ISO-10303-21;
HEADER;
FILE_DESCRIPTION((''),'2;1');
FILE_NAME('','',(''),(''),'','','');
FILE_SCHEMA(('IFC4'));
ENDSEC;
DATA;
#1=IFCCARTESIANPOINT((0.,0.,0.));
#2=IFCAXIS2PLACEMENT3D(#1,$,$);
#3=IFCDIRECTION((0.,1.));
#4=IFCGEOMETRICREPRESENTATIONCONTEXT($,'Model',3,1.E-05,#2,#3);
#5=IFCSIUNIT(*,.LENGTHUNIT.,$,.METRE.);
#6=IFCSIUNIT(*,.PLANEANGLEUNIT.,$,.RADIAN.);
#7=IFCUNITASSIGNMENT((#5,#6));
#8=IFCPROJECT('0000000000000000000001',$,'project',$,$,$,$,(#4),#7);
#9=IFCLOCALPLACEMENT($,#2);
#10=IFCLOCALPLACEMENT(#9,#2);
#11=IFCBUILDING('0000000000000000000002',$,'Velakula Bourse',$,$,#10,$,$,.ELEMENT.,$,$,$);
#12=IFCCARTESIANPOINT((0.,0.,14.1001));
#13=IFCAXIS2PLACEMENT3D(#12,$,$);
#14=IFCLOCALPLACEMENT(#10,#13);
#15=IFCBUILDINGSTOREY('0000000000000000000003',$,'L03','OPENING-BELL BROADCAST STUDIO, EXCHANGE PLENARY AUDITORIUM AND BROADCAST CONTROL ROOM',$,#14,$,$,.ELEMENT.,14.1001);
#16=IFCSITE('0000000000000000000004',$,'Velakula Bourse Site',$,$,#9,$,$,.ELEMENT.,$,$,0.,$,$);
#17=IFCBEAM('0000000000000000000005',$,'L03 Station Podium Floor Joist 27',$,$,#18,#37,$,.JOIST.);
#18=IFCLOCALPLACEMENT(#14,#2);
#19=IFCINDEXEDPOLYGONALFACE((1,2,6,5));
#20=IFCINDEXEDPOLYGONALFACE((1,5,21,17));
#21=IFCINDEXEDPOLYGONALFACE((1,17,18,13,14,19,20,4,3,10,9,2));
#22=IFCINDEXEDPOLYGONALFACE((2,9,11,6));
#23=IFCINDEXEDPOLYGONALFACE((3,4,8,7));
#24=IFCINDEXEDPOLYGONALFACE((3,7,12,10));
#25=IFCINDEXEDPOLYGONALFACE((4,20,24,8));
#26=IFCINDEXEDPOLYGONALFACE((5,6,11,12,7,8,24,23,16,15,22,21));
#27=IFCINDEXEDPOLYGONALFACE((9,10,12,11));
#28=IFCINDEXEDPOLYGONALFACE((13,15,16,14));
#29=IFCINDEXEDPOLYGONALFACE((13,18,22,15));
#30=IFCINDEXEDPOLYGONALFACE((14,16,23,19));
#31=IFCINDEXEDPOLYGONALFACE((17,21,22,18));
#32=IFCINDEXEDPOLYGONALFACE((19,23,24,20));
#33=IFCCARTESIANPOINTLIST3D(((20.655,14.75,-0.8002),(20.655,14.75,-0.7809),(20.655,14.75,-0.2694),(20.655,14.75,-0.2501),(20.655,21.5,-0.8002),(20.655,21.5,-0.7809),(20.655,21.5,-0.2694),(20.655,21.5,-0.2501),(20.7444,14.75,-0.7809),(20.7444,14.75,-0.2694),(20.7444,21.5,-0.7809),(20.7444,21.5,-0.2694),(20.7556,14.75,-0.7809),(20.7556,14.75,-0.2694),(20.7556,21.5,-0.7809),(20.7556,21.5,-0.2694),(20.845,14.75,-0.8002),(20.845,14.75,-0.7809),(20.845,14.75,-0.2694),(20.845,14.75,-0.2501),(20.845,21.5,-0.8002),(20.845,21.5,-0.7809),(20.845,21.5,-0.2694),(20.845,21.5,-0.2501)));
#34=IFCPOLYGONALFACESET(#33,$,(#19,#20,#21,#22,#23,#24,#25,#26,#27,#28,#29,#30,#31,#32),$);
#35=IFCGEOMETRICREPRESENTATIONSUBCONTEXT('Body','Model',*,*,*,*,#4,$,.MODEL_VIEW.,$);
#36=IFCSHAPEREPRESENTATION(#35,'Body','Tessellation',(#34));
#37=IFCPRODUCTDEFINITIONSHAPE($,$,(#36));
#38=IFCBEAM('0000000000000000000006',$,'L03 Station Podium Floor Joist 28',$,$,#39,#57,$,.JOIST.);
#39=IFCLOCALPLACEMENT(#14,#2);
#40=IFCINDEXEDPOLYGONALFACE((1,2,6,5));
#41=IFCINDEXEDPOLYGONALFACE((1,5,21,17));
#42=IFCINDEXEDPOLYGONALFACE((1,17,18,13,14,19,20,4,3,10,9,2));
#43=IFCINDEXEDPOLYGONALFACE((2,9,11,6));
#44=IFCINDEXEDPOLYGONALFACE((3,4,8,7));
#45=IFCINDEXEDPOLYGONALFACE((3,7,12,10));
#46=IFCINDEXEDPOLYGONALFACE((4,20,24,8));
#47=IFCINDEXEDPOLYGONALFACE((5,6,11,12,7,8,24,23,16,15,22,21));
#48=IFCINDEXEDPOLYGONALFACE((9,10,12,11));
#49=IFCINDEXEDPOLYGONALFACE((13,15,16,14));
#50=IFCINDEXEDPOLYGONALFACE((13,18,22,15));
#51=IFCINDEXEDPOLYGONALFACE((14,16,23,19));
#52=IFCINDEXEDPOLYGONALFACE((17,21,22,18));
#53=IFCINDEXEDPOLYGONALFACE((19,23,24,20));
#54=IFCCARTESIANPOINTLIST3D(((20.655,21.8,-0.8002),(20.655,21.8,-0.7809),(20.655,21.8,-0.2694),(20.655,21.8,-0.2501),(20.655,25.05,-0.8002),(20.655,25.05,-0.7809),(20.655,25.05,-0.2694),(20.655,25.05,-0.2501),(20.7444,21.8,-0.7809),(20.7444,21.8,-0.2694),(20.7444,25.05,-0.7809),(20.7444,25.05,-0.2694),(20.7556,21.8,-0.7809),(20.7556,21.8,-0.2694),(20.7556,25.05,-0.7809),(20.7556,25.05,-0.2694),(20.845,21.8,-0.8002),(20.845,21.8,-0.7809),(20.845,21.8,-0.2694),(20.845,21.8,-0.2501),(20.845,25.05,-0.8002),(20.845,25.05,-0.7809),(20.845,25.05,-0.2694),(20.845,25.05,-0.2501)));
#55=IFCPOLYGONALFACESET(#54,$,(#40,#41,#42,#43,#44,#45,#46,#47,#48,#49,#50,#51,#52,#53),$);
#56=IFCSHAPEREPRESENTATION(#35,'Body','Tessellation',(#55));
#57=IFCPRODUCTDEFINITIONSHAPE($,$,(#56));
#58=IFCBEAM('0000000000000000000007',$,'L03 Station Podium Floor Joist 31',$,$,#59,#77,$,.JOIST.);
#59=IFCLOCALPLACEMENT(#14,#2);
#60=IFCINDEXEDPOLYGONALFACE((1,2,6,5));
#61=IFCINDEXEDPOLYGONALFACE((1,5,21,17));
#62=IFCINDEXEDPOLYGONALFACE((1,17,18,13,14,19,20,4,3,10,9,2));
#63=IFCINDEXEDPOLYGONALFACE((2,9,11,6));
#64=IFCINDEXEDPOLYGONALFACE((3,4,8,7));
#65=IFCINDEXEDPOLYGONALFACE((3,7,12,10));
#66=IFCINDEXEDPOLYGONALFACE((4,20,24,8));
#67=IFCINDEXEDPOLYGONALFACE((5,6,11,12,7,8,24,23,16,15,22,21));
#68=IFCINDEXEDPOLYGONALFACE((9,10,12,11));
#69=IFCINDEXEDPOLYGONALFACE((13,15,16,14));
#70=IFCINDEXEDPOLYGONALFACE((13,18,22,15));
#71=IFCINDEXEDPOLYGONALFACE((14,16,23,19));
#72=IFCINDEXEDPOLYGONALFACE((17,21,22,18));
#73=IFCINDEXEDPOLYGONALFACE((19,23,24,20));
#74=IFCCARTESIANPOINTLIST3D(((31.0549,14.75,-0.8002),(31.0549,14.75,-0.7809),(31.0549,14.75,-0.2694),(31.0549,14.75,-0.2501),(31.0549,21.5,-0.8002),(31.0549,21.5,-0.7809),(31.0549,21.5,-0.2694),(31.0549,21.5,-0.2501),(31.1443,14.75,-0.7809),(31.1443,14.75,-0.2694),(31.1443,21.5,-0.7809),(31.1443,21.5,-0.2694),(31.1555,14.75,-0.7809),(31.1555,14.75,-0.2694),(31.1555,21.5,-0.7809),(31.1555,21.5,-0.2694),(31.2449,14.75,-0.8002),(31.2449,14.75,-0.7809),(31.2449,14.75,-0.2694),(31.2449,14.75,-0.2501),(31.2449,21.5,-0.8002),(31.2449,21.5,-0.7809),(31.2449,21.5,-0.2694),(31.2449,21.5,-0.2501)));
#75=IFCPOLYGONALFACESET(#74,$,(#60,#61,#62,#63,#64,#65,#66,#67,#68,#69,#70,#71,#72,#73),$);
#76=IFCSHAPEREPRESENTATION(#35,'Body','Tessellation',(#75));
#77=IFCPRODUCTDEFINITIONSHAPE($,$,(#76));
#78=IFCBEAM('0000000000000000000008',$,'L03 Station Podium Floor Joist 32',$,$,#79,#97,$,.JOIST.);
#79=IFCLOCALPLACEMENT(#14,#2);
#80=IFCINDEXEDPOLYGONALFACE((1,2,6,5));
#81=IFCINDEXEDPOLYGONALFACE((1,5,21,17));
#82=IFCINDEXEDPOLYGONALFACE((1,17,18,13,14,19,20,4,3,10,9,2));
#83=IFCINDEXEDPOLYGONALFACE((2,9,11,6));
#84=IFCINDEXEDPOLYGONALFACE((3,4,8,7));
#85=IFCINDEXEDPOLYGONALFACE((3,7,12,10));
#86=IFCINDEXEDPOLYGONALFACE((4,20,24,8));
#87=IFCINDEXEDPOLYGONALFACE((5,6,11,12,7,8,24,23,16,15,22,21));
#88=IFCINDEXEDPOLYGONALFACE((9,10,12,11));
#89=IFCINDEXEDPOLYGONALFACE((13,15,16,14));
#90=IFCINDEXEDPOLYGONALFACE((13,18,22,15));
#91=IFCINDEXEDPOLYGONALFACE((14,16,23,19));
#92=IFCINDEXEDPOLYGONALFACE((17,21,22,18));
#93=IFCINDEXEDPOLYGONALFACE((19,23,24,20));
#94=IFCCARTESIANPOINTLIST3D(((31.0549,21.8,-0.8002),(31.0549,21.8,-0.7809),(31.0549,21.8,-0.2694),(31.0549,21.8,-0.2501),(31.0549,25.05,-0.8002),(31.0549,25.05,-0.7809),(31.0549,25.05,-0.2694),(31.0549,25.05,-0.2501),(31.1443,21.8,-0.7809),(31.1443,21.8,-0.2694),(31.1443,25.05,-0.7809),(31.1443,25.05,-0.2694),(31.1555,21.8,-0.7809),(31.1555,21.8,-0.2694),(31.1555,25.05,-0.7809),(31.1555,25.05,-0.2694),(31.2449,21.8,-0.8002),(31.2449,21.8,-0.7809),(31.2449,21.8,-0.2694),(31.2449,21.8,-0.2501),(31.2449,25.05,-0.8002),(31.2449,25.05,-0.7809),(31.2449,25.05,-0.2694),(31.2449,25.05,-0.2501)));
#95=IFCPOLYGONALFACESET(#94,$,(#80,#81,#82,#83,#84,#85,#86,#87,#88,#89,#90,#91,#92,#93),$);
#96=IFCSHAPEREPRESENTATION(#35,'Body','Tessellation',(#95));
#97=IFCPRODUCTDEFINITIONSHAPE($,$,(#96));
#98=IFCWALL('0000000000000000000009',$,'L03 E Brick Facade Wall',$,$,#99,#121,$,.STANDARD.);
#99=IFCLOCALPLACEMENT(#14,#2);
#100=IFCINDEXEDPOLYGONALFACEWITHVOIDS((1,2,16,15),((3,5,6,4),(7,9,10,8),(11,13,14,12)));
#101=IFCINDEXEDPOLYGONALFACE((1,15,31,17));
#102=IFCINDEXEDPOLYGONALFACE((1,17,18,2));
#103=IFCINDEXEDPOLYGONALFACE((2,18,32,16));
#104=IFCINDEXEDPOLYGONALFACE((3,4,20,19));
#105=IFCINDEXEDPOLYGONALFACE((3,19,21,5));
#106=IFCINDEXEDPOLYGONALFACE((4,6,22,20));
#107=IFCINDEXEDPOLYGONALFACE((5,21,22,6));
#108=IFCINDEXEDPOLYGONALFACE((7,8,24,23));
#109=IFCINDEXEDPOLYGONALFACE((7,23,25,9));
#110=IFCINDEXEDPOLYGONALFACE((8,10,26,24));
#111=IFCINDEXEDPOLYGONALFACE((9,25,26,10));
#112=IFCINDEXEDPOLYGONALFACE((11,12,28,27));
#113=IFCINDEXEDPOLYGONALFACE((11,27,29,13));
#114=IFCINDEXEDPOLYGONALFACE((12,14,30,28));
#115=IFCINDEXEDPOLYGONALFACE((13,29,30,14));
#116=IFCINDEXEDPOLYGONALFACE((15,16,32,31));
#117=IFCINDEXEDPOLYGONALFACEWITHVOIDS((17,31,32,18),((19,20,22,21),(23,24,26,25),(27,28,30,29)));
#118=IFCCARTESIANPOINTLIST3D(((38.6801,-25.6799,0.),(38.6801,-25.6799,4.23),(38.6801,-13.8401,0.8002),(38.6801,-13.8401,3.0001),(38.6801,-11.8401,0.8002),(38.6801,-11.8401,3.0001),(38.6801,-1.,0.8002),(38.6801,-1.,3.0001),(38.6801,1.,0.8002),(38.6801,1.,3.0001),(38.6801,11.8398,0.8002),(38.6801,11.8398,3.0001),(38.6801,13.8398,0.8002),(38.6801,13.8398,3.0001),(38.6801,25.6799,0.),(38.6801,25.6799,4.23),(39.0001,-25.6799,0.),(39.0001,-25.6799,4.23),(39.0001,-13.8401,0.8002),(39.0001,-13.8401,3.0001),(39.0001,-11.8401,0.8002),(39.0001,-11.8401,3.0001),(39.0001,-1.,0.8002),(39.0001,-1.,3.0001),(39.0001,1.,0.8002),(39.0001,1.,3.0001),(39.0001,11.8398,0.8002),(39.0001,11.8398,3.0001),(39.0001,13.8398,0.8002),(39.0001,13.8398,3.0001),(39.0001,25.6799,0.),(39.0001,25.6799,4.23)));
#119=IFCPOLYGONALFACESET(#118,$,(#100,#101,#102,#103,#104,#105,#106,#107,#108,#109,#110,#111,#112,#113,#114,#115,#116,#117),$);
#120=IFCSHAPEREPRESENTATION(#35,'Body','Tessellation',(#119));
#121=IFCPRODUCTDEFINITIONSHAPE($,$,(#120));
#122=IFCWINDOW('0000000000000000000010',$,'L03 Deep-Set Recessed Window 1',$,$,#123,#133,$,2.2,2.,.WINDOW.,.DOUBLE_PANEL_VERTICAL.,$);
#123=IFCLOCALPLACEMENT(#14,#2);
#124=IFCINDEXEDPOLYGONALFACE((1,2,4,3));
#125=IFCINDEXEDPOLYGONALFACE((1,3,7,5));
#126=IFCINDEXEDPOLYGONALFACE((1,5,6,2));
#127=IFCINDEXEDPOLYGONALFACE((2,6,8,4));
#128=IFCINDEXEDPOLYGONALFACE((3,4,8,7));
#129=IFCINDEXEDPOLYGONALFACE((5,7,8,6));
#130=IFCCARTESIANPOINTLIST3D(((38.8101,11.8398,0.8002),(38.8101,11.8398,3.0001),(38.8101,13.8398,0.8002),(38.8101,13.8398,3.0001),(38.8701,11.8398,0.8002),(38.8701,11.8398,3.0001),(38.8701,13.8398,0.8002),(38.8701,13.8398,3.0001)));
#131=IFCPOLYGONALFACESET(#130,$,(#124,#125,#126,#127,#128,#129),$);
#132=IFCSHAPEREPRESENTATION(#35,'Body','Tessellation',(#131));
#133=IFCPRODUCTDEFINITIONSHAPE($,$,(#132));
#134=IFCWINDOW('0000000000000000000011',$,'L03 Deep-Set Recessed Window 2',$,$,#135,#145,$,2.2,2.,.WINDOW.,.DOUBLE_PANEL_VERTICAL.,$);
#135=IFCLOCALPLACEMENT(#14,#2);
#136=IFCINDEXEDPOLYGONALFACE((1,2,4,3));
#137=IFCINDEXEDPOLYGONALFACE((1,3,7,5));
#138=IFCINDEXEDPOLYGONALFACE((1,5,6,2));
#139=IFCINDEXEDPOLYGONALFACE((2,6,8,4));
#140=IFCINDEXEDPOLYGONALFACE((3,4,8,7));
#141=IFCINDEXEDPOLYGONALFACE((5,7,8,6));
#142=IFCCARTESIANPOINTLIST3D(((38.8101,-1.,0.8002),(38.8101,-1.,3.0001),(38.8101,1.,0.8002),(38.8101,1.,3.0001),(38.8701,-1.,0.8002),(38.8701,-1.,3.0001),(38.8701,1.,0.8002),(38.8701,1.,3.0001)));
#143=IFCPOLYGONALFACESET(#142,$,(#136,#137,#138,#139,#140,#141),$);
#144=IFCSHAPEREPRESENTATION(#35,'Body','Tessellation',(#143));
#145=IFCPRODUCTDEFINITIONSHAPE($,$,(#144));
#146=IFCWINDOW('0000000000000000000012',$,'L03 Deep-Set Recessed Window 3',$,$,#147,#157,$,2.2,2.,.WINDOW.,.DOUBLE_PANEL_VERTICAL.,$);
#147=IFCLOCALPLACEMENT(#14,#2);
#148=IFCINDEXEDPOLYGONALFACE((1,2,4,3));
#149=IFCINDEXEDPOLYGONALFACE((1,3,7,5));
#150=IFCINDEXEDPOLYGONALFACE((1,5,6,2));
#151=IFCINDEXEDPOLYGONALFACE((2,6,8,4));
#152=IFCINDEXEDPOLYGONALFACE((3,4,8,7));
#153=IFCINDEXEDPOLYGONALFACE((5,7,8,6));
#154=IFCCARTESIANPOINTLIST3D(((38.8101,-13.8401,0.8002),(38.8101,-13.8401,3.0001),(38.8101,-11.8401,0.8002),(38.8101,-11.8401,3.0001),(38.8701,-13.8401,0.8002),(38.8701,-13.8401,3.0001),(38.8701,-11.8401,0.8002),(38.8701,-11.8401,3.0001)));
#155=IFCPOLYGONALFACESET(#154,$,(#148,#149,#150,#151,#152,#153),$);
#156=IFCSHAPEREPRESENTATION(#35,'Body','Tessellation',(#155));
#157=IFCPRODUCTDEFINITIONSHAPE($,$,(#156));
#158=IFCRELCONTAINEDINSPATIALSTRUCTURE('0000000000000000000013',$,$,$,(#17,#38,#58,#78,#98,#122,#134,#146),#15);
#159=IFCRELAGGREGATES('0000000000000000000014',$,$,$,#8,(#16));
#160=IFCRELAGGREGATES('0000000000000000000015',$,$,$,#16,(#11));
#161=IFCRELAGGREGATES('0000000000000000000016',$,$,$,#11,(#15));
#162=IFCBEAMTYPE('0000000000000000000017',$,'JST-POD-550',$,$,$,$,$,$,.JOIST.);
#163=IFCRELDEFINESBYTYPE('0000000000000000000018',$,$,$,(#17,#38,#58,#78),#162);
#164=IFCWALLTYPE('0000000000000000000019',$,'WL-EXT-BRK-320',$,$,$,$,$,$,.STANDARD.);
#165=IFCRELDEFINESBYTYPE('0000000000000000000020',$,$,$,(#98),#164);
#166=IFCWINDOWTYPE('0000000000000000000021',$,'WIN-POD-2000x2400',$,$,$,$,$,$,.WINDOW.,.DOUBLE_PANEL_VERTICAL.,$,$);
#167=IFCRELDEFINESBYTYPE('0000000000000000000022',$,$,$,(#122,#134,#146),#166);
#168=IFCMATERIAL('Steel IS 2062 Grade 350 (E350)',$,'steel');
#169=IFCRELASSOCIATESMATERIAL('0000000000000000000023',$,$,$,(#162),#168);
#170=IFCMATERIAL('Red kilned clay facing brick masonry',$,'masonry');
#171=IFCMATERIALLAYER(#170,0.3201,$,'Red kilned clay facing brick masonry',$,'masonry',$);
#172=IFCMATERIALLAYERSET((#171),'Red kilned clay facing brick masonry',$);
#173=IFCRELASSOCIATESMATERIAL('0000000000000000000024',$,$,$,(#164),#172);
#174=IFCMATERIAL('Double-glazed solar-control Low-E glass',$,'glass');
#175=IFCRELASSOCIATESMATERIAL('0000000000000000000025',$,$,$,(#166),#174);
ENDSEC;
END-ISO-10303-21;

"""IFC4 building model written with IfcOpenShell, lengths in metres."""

from ifc_helpers import new_model, si_unit, direction, frame, frame_2d, origin, origin_2d, place, context, subcontext, project, spatial, rectangle, i_section, extrude, material, layer, layer_set, material_profile, profile_set, type_object, element, fill, save


model = new_model("IFC4")

# Units and contexts
model_context = context("Model", 3, precision=1e-05, world=origin(), true_north=direction((0.0, 1.0)))
body_context = subcontext(model_context, "Body", "Model", "MODEL_VIEW")
ifc_project = project(units=[si_unit("LENGTHUNIT", "METRE"), si_unit("PLANEANGLEUNIT", "RADIAN")], contexts=[model_context])

# Site, building, storey
site_placement = place(None, origin())
site = spatial("IfcSite", under=ifc_project, at=site_placement, Name="Velakula Bourse Site", CompositionType="ELEMENT", RefElevation=0.0)
building_placement = place(site_placement, origin())
building = spatial("IfcBuilding", under=site, at=building_placement, Name="Velakula Bourse", CompositionType="ELEMENT")
storey_placement = place(building_placement, frame((0.0, 0.0, 14.1001)))
storey = spatial("IfcBuildingStorey", under=building, at=storey_placement, Name="L03", Description="OPENING-BELL BROADCAST STUDIO, EXCHANGE PLENARY AUDITORIUM AND BROADCAST CONTROL ROOM", CompositionType="ELEMENT", Elevation=14.1001)

# Beams
ifc_material_1 = material(Name="Steel IS 2062 Grade 350 (E350)", Category="steel")
ifc_material_profile_1 = material_profile(ifc_material_1, i_section(OverallWidth=0.1899, OverallDepth=0.55, WebThickness=0.0112, FlangeThickness=0.0193, at=origin_2d()), Name="Steel IS 2062 Grade 350 (E350)")
ifc_profile_set_1 = profile_set([ifc_material_profile_1], Name="Steel IS 2062 Grade 350 (E350)")
beam_type_1 = type_object("IfcBeamType", Name="JST-POD-550", PredefinedType="JOIST", material=ifc_profile_set_1)
beam_1_placement = place(storey_placement, frame((20.75, 14.75, -0.5251), z_axis=(0.0, 1.0, 0.0), x_axis=(-1.0, 0.0, 0.0)))
element("IfcBeam", 1, at=beam_1_placement, inside=storey, type_object=beam_type_1, Name="L03 Station Podium Floor Joist 27", PredefinedType="JOIST", context=body_context, shape_type="SweptSolid", body=[
    extrude(i_section(OverallWidth=0.1899, OverallDepth=0.55, WebThickness=0.0112, FlangeThickness=0.0193, at=origin_2d()), origin(), (0.0, 0.0, 1.0), 6.75),
])
beam_2_placement = place(storey_placement, frame((20.75, 21.8, -0.5251), z_axis=(0.0, 1.0, 0.0), x_axis=(-1.0, 0.0, 0.0)))
element("IfcBeam", 2, at=beam_2_placement, inside=storey, type_object=beam_type_1, Name="L03 Station Podium Floor Joist 28", PredefinedType="JOIST", context=body_context, shape_type="SweptSolid", body=[
    extrude(i_section(OverallWidth=0.1899, OverallDepth=0.55, WebThickness=0.0112, FlangeThickness=0.0193, at=origin_2d()), origin(), (0.0, 0.0, 1.0), 3.25),
])
beam_3_placement = place(storey_placement, frame((31.1499, 14.75, -0.5251), z_axis=(0.0, 1.0, 0.0), x_axis=(-1.0, 0.0, 0.0)))
element("IfcBeam", 3, at=beam_3_placement, inside=storey, type_object=beam_type_1, Name="L03 Station Podium Floor Joist 31", PredefinedType="JOIST", context=body_context, shape_type="SweptSolid", body=[
    extrude(i_section(OverallWidth=0.1899, OverallDepth=0.55, WebThickness=0.0112, FlangeThickness=0.0193, at=origin_2d()), origin(), (0.0, 0.0, 1.0), 6.75),
])
beam_4_placement = place(storey_placement, frame((31.1499, 21.8, -0.5251), z_axis=(0.0, 1.0, 0.0), x_axis=(-1.0, 0.0, 0.0)))
element("IfcBeam", 4, at=beam_4_placement, inside=storey, type_object=beam_type_1, Name="L03 Station Podium Floor Joist 32", PredefinedType="JOIST", context=body_context, shape_type="SweptSolid", body=[
    extrude(i_section(OverallWidth=0.1899, OverallDepth=0.55, WebThickness=0.0112, FlangeThickness=0.0193, at=origin_2d()), origin(), (0.0, 0.0, 1.0), 3.25),
])

# Wall, openings, windows
ifc_material_2 = material(Name="Red kilned clay facing brick masonry", Category="masonry")
ifc_layer = layer(ifc_material_2, 0.3201, Name="Red kilned clay facing brick masonry", Category="masonry")
ifc_layer_set = layer_set([ifc_layer], Name="Red kilned clay facing brick masonry")
wall_type = type_object("IfcWallType", Name="WL-EXT-BRK-320", PredefinedType="STANDARD", material=ifc_layer_set)
wall_placement = place(storey_placement, frame((38.8401, 25.6799, 0.0), z_axis=(0.0, 0.0, 1.0), x_axis=(0.0, -1.0, 0.0)))
wall = element("IfcWall", 5, at=wall_placement, inside=storey, type_object=wall_type, Name="L03 E Brick Facade Wall", PredefinedType="STANDARD", context=body_context, shape_type="SweptSolid", body=[
    extrude(rectangle(XDim=51.3599, YDim=0.3201, at=frame_2d((25.6799, 0.0))), origin(), (0.0, 0.0, 1.0), 4.23),
])
opening_1_placement = place(wall_placement, frame((11.8401, 0.0, 0.8)))
opening_1 = element("IfcOpeningElement", 6, at=opening_1_placement, cuts=wall, PredefinedType="OPENING", context=body_context, shape_type="SweptSolid", body=[
    extrude(rectangle(XDim=2.0, YDim=2.2, at=frame_2d((1.0, 1.1001))), frame((0.0, 0.1699, 0.0), z_axis=(0.0, -1.0, 0.0), x_axis=(1.0, 0.0, 0.0)), (0.0, 0.0, 1.0), 0.3401),
])
opening_2_placement = place(wall_placement, frame((24.6799, 0.0, 0.8)))
opening_2 = element("IfcOpeningElement", 7, at=opening_2_placement, cuts=wall, PredefinedType="OPENING", context=body_context, shape_type="SweptSolid", body=[
    extrude(rectangle(XDim=2.0, YDim=2.2, at=frame_2d((1.0, 1.1001))), frame((0.0, 0.1699, 0.0), z_axis=(0.0, -1.0, 0.0), x_axis=(1.0, 0.0, 0.0)), (0.0, 0.0, 1.0), 0.3401),
])
opening_3_placement = place(wall_placement, frame((37.52, 0.0, 0.8)))
opening_3 = element("IfcOpeningElement", 8, at=opening_3_placement, cuts=wall, PredefinedType="OPENING", context=body_context, shape_type="SweptSolid", body=[
    extrude(rectangle(XDim=2.0, YDim=2.2, at=frame_2d((1.0, 1.1001))), frame((0.0, 0.1699, 0.0), z_axis=(0.0, -1.0, 0.0), x_axis=(1.0, 0.0, 0.0)), (0.0, 0.0, 1.0), 0.3401),
])
ifc_material_3 = material(Name="Double-glazed solar-control Low-E glass", Category="glass")
window_type = type_object("IfcWindowType", Name="WIN-POD-2000x2400", PartitioningType="DOUBLE_PANEL_VERTICAL", PredefinedType="WINDOW", material=ifc_material_3)
window_1_placement = place(opening_1_placement, origin())
window_1 = element("IfcWindow", 9, at=window_1_placement, inside=storey, type_object=window_type, Name="L03 Deep-Set Recessed Window 1", OverallHeight=2.2, OverallWidth=2.0, PartitioningType="DOUBLE_PANEL_VERTICAL", PredefinedType="WINDOW", context=body_context, shape_type="SweptSolid", body=[
    extrude(rectangle(XDim=2.0, YDim=2.2, at=frame_2d((1.0, 1.1001))), frame((0.0, 0.03, 0.0), z_axis=(0.0, -1.0, 0.0), x_axis=(1.0, 0.0, 0.0)), (0.0, 0.0, 1.0), 0.0601),
])
fill(opening_1, window_1)
window_2_placement = place(opening_2_placement, origin())
window_2 = element("IfcWindow", 10, at=window_2_placement, inside=storey, type_object=window_type, Name="L03 Deep-Set Recessed Window 2", OverallHeight=2.2, OverallWidth=2.0, PartitioningType="DOUBLE_PANEL_VERTICAL", PredefinedType="WINDOW", context=body_context, shape_type="SweptSolid", body=[
    extrude(rectangle(XDim=2.0, YDim=2.2, at=frame_2d((1.0, 1.1001))), frame((0.0, 0.03, 0.0), z_axis=(0.0, -1.0, 0.0), x_axis=(1.0, 0.0, 0.0)), (0.0, 0.0, 1.0), 0.0601),
])
fill(opening_2, window_2)
window_3_placement = place(opening_3_placement, origin())
window_3 = element("IfcWindow", 11, at=window_3_placement, inside=storey, type_object=window_type, Name="L03 Deep-Set Recessed Window 3", OverallHeight=2.2, OverallWidth=2.0, PartitioningType="DOUBLE_PANEL_VERTICAL", PredefinedType="WINDOW", context=body_context, shape_type="SweptSolid", body=[
    extrude(rectangle(XDim=2.0, YDim=2.2, at=frame_2d((1.0, 1.1001))), frame((0.0, 0.03, 0.0), z_axis=(0.0, -1.0, 0.0), x_axis=(1.0, 0.0, 0.0)), (0.0, 0.0, 1.0), 0.0601),
])
fill(opening_3, window_3)

save(model, "model.ifc")
